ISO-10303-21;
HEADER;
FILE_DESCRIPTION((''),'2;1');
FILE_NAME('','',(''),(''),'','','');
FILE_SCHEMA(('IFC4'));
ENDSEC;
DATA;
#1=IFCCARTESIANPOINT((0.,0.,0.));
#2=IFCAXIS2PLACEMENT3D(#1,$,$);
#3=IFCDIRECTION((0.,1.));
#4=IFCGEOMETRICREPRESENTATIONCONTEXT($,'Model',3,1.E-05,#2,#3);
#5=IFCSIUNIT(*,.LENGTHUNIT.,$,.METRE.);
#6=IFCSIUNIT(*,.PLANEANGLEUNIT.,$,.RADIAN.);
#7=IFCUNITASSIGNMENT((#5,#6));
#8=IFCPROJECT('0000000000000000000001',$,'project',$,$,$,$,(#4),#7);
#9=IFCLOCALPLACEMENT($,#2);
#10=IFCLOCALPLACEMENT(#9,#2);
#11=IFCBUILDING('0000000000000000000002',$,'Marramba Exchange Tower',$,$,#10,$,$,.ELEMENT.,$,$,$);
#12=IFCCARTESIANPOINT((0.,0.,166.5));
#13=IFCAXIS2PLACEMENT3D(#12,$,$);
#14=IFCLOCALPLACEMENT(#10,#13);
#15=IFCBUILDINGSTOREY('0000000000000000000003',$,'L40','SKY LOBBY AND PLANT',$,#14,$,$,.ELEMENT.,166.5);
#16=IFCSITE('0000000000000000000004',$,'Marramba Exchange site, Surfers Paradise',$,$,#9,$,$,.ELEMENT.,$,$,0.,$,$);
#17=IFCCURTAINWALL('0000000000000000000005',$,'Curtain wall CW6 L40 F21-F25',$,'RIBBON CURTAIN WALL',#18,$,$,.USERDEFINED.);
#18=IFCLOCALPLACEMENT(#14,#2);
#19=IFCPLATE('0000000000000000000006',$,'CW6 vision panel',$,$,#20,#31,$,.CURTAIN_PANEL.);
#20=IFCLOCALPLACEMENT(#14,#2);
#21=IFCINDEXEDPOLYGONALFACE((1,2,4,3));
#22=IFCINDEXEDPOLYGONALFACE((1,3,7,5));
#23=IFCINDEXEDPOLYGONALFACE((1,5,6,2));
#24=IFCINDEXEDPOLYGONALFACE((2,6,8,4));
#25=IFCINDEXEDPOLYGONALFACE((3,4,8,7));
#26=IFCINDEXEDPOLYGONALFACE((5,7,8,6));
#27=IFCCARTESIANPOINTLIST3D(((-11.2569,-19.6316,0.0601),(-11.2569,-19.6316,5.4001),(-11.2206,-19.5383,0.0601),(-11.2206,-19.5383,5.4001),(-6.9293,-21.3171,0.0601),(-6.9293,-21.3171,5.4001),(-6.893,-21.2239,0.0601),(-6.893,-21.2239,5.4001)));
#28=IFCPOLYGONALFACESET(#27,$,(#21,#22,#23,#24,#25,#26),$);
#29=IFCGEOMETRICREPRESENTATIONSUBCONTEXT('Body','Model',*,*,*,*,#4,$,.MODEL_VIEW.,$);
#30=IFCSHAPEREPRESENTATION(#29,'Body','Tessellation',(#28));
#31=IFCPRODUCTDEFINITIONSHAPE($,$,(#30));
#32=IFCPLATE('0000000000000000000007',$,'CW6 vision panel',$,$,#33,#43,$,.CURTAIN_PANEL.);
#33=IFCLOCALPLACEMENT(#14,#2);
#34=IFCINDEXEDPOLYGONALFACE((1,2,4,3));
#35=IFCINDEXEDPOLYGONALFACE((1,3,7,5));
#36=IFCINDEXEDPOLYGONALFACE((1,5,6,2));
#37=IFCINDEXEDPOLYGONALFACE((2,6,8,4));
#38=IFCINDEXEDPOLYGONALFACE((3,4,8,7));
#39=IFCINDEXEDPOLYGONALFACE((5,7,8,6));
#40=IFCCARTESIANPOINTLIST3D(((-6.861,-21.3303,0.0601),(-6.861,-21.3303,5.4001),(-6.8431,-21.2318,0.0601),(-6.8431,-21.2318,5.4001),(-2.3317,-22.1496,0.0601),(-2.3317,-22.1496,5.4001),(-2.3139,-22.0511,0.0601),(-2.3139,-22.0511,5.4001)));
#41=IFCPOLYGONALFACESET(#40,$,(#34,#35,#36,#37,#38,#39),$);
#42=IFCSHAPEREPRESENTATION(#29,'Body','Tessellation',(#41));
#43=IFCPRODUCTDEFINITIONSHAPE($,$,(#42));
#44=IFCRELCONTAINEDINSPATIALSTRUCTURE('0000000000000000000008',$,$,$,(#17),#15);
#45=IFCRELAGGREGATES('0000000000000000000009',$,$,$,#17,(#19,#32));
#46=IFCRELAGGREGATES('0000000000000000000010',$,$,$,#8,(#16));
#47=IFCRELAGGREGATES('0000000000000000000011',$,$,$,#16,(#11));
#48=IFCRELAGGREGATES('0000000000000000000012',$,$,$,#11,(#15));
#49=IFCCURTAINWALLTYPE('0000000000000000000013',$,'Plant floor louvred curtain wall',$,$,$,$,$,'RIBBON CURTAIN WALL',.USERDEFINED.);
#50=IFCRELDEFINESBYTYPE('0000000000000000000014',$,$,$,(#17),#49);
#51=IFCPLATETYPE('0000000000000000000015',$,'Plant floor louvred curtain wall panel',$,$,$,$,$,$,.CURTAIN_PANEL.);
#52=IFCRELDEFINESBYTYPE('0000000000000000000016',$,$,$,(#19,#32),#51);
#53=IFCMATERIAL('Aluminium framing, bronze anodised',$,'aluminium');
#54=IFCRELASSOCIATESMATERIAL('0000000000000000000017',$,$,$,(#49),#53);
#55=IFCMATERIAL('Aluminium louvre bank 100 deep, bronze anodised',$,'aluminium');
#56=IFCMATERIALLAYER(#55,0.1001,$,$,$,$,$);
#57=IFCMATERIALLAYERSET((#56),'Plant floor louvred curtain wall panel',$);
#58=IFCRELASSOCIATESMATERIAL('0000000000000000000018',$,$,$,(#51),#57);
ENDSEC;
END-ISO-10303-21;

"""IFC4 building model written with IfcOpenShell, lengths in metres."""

from ifc_helpers import new_model, si_unit, direction, frame, origin, origin_2d, place, context, subcontext, project, spatial, rectangle, extrude, material, layer, layer_set, type_object, element, aggregate, save


model = new_model("IFC4")

# Units and contexts
model_context = context("Model", 3, precision=1e-05, world=origin(), true_north=direction((0.0, 1.0)))
body_context = subcontext(model_context, "Body", "Model", "MODEL_VIEW")
ifc_project = project(units=[si_unit("LENGTHUNIT", "METRE"), si_unit("PLANEANGLEUNIT", "RADIAN")], contexts=[model_context])

# Site, building, storey
site_placement = place(None, origin())
site = spatial("IfcSite", under=ifc_project, at=site_placement, Name="Marramba Exchange site, Surfers Paradise", CompositionType="ELEMENT", RefElevation=0.0)
building_placement = place(site_placement, origin())
building = spatial("IfcBuilding", under=site, at=building_placement, Name="Marramba Exchange Tower", CompositionType="ELEMENT")
storey_placement = place(building_placement, frame((0.0, 0.0, 166.5)))
storey = spatial("IfcBuildingStorey", under=building, at=storey_placement, Name="L40", Description="SKY LOBBY AND PLANT", CompositionType="ELEMENT", Elevation=166.5)

# Curtain wall
ifc_material_1 = material(Name="Aluminium framing, bronze anodised", Category="aluminium")
curtain_wall_type = type_object("IfcCurtainWallType", Name="Plant floor louvred curtain wall", ElementType="RIBBON CURTAIN WALL", PredefinedType="USERDEFINED", material=ifc_material_1)
curtain_wall_placement = place(storey_placement, origin())
curtain_wall = element("IfcCurtainWall", 1, at=curtain_wall_placement, inside=storey, type_object=curtain_wall_type, Name="Curtain wall CW6 L40 F21-F25", ObjectType="RIBBON CURTAIN WALL", PredefinedType="USERDEFINED")

# Plates
ifc_material_2 = material(Name="Aluminium louvre bank 100 deep, bronze anodised", Category="aluminium")
ifc_layer = layer(ifc_material_2, 0.1001)
ifc_layer_set = layer_set([ifc_layer], Name="Plant floor louvred curtain wall panel")
plate_type = type_object("IfcPlateType", Name="Plant floor louvred curtain wall panel", PredefinedType="CURTAIN_PANEL", material=ifc_layer_set)
plate_1_placement = place(storey_placement, frame((-9.075, -20.4277, 0.0601), z_axis=(0.0, 0.0, 1.0), x_axis=(0.931818, -0.362925, 0.0)))
plate_1 = element("IfcPlate", 2, at=plate_1_placement, type_object=plate_type, Name="CW6 vision panel", PredefinedType="CURTAIN_PANEL", context=body_context, shape_type="SweptSolid", body=[
    extrude(rectangle(XDim=4.6443, YDim=0.1001, at=origin_2d()), origin(), (0.0, 0.0, 1.0), 5.3401),
])
plate_2_placement = place(storey_placement, frame((-4.5874, -21.6907, 0.0601), z_axis=(0.0, 0.0, 1.0), x_axis=(0.984032, -0.177992, 0.0)))
plate_2 = element("IfcPlate", 3, at=plate_2_placement, type_object=plate_type, Name="CW6 vision panel", PredefinedType="CURTAIN_PANEL", context=body_context, shape_type="SweptSolid", body=[
    extrude(rectangle(XDim=4.6028, YDim=0.1001, at=origin_2d()), origin(), (0.0, 0.0, 1.0), 5.3401),
])
aggregate(curtain_wall, [plate_1, plate_2])

save(model, "model.ifc")
